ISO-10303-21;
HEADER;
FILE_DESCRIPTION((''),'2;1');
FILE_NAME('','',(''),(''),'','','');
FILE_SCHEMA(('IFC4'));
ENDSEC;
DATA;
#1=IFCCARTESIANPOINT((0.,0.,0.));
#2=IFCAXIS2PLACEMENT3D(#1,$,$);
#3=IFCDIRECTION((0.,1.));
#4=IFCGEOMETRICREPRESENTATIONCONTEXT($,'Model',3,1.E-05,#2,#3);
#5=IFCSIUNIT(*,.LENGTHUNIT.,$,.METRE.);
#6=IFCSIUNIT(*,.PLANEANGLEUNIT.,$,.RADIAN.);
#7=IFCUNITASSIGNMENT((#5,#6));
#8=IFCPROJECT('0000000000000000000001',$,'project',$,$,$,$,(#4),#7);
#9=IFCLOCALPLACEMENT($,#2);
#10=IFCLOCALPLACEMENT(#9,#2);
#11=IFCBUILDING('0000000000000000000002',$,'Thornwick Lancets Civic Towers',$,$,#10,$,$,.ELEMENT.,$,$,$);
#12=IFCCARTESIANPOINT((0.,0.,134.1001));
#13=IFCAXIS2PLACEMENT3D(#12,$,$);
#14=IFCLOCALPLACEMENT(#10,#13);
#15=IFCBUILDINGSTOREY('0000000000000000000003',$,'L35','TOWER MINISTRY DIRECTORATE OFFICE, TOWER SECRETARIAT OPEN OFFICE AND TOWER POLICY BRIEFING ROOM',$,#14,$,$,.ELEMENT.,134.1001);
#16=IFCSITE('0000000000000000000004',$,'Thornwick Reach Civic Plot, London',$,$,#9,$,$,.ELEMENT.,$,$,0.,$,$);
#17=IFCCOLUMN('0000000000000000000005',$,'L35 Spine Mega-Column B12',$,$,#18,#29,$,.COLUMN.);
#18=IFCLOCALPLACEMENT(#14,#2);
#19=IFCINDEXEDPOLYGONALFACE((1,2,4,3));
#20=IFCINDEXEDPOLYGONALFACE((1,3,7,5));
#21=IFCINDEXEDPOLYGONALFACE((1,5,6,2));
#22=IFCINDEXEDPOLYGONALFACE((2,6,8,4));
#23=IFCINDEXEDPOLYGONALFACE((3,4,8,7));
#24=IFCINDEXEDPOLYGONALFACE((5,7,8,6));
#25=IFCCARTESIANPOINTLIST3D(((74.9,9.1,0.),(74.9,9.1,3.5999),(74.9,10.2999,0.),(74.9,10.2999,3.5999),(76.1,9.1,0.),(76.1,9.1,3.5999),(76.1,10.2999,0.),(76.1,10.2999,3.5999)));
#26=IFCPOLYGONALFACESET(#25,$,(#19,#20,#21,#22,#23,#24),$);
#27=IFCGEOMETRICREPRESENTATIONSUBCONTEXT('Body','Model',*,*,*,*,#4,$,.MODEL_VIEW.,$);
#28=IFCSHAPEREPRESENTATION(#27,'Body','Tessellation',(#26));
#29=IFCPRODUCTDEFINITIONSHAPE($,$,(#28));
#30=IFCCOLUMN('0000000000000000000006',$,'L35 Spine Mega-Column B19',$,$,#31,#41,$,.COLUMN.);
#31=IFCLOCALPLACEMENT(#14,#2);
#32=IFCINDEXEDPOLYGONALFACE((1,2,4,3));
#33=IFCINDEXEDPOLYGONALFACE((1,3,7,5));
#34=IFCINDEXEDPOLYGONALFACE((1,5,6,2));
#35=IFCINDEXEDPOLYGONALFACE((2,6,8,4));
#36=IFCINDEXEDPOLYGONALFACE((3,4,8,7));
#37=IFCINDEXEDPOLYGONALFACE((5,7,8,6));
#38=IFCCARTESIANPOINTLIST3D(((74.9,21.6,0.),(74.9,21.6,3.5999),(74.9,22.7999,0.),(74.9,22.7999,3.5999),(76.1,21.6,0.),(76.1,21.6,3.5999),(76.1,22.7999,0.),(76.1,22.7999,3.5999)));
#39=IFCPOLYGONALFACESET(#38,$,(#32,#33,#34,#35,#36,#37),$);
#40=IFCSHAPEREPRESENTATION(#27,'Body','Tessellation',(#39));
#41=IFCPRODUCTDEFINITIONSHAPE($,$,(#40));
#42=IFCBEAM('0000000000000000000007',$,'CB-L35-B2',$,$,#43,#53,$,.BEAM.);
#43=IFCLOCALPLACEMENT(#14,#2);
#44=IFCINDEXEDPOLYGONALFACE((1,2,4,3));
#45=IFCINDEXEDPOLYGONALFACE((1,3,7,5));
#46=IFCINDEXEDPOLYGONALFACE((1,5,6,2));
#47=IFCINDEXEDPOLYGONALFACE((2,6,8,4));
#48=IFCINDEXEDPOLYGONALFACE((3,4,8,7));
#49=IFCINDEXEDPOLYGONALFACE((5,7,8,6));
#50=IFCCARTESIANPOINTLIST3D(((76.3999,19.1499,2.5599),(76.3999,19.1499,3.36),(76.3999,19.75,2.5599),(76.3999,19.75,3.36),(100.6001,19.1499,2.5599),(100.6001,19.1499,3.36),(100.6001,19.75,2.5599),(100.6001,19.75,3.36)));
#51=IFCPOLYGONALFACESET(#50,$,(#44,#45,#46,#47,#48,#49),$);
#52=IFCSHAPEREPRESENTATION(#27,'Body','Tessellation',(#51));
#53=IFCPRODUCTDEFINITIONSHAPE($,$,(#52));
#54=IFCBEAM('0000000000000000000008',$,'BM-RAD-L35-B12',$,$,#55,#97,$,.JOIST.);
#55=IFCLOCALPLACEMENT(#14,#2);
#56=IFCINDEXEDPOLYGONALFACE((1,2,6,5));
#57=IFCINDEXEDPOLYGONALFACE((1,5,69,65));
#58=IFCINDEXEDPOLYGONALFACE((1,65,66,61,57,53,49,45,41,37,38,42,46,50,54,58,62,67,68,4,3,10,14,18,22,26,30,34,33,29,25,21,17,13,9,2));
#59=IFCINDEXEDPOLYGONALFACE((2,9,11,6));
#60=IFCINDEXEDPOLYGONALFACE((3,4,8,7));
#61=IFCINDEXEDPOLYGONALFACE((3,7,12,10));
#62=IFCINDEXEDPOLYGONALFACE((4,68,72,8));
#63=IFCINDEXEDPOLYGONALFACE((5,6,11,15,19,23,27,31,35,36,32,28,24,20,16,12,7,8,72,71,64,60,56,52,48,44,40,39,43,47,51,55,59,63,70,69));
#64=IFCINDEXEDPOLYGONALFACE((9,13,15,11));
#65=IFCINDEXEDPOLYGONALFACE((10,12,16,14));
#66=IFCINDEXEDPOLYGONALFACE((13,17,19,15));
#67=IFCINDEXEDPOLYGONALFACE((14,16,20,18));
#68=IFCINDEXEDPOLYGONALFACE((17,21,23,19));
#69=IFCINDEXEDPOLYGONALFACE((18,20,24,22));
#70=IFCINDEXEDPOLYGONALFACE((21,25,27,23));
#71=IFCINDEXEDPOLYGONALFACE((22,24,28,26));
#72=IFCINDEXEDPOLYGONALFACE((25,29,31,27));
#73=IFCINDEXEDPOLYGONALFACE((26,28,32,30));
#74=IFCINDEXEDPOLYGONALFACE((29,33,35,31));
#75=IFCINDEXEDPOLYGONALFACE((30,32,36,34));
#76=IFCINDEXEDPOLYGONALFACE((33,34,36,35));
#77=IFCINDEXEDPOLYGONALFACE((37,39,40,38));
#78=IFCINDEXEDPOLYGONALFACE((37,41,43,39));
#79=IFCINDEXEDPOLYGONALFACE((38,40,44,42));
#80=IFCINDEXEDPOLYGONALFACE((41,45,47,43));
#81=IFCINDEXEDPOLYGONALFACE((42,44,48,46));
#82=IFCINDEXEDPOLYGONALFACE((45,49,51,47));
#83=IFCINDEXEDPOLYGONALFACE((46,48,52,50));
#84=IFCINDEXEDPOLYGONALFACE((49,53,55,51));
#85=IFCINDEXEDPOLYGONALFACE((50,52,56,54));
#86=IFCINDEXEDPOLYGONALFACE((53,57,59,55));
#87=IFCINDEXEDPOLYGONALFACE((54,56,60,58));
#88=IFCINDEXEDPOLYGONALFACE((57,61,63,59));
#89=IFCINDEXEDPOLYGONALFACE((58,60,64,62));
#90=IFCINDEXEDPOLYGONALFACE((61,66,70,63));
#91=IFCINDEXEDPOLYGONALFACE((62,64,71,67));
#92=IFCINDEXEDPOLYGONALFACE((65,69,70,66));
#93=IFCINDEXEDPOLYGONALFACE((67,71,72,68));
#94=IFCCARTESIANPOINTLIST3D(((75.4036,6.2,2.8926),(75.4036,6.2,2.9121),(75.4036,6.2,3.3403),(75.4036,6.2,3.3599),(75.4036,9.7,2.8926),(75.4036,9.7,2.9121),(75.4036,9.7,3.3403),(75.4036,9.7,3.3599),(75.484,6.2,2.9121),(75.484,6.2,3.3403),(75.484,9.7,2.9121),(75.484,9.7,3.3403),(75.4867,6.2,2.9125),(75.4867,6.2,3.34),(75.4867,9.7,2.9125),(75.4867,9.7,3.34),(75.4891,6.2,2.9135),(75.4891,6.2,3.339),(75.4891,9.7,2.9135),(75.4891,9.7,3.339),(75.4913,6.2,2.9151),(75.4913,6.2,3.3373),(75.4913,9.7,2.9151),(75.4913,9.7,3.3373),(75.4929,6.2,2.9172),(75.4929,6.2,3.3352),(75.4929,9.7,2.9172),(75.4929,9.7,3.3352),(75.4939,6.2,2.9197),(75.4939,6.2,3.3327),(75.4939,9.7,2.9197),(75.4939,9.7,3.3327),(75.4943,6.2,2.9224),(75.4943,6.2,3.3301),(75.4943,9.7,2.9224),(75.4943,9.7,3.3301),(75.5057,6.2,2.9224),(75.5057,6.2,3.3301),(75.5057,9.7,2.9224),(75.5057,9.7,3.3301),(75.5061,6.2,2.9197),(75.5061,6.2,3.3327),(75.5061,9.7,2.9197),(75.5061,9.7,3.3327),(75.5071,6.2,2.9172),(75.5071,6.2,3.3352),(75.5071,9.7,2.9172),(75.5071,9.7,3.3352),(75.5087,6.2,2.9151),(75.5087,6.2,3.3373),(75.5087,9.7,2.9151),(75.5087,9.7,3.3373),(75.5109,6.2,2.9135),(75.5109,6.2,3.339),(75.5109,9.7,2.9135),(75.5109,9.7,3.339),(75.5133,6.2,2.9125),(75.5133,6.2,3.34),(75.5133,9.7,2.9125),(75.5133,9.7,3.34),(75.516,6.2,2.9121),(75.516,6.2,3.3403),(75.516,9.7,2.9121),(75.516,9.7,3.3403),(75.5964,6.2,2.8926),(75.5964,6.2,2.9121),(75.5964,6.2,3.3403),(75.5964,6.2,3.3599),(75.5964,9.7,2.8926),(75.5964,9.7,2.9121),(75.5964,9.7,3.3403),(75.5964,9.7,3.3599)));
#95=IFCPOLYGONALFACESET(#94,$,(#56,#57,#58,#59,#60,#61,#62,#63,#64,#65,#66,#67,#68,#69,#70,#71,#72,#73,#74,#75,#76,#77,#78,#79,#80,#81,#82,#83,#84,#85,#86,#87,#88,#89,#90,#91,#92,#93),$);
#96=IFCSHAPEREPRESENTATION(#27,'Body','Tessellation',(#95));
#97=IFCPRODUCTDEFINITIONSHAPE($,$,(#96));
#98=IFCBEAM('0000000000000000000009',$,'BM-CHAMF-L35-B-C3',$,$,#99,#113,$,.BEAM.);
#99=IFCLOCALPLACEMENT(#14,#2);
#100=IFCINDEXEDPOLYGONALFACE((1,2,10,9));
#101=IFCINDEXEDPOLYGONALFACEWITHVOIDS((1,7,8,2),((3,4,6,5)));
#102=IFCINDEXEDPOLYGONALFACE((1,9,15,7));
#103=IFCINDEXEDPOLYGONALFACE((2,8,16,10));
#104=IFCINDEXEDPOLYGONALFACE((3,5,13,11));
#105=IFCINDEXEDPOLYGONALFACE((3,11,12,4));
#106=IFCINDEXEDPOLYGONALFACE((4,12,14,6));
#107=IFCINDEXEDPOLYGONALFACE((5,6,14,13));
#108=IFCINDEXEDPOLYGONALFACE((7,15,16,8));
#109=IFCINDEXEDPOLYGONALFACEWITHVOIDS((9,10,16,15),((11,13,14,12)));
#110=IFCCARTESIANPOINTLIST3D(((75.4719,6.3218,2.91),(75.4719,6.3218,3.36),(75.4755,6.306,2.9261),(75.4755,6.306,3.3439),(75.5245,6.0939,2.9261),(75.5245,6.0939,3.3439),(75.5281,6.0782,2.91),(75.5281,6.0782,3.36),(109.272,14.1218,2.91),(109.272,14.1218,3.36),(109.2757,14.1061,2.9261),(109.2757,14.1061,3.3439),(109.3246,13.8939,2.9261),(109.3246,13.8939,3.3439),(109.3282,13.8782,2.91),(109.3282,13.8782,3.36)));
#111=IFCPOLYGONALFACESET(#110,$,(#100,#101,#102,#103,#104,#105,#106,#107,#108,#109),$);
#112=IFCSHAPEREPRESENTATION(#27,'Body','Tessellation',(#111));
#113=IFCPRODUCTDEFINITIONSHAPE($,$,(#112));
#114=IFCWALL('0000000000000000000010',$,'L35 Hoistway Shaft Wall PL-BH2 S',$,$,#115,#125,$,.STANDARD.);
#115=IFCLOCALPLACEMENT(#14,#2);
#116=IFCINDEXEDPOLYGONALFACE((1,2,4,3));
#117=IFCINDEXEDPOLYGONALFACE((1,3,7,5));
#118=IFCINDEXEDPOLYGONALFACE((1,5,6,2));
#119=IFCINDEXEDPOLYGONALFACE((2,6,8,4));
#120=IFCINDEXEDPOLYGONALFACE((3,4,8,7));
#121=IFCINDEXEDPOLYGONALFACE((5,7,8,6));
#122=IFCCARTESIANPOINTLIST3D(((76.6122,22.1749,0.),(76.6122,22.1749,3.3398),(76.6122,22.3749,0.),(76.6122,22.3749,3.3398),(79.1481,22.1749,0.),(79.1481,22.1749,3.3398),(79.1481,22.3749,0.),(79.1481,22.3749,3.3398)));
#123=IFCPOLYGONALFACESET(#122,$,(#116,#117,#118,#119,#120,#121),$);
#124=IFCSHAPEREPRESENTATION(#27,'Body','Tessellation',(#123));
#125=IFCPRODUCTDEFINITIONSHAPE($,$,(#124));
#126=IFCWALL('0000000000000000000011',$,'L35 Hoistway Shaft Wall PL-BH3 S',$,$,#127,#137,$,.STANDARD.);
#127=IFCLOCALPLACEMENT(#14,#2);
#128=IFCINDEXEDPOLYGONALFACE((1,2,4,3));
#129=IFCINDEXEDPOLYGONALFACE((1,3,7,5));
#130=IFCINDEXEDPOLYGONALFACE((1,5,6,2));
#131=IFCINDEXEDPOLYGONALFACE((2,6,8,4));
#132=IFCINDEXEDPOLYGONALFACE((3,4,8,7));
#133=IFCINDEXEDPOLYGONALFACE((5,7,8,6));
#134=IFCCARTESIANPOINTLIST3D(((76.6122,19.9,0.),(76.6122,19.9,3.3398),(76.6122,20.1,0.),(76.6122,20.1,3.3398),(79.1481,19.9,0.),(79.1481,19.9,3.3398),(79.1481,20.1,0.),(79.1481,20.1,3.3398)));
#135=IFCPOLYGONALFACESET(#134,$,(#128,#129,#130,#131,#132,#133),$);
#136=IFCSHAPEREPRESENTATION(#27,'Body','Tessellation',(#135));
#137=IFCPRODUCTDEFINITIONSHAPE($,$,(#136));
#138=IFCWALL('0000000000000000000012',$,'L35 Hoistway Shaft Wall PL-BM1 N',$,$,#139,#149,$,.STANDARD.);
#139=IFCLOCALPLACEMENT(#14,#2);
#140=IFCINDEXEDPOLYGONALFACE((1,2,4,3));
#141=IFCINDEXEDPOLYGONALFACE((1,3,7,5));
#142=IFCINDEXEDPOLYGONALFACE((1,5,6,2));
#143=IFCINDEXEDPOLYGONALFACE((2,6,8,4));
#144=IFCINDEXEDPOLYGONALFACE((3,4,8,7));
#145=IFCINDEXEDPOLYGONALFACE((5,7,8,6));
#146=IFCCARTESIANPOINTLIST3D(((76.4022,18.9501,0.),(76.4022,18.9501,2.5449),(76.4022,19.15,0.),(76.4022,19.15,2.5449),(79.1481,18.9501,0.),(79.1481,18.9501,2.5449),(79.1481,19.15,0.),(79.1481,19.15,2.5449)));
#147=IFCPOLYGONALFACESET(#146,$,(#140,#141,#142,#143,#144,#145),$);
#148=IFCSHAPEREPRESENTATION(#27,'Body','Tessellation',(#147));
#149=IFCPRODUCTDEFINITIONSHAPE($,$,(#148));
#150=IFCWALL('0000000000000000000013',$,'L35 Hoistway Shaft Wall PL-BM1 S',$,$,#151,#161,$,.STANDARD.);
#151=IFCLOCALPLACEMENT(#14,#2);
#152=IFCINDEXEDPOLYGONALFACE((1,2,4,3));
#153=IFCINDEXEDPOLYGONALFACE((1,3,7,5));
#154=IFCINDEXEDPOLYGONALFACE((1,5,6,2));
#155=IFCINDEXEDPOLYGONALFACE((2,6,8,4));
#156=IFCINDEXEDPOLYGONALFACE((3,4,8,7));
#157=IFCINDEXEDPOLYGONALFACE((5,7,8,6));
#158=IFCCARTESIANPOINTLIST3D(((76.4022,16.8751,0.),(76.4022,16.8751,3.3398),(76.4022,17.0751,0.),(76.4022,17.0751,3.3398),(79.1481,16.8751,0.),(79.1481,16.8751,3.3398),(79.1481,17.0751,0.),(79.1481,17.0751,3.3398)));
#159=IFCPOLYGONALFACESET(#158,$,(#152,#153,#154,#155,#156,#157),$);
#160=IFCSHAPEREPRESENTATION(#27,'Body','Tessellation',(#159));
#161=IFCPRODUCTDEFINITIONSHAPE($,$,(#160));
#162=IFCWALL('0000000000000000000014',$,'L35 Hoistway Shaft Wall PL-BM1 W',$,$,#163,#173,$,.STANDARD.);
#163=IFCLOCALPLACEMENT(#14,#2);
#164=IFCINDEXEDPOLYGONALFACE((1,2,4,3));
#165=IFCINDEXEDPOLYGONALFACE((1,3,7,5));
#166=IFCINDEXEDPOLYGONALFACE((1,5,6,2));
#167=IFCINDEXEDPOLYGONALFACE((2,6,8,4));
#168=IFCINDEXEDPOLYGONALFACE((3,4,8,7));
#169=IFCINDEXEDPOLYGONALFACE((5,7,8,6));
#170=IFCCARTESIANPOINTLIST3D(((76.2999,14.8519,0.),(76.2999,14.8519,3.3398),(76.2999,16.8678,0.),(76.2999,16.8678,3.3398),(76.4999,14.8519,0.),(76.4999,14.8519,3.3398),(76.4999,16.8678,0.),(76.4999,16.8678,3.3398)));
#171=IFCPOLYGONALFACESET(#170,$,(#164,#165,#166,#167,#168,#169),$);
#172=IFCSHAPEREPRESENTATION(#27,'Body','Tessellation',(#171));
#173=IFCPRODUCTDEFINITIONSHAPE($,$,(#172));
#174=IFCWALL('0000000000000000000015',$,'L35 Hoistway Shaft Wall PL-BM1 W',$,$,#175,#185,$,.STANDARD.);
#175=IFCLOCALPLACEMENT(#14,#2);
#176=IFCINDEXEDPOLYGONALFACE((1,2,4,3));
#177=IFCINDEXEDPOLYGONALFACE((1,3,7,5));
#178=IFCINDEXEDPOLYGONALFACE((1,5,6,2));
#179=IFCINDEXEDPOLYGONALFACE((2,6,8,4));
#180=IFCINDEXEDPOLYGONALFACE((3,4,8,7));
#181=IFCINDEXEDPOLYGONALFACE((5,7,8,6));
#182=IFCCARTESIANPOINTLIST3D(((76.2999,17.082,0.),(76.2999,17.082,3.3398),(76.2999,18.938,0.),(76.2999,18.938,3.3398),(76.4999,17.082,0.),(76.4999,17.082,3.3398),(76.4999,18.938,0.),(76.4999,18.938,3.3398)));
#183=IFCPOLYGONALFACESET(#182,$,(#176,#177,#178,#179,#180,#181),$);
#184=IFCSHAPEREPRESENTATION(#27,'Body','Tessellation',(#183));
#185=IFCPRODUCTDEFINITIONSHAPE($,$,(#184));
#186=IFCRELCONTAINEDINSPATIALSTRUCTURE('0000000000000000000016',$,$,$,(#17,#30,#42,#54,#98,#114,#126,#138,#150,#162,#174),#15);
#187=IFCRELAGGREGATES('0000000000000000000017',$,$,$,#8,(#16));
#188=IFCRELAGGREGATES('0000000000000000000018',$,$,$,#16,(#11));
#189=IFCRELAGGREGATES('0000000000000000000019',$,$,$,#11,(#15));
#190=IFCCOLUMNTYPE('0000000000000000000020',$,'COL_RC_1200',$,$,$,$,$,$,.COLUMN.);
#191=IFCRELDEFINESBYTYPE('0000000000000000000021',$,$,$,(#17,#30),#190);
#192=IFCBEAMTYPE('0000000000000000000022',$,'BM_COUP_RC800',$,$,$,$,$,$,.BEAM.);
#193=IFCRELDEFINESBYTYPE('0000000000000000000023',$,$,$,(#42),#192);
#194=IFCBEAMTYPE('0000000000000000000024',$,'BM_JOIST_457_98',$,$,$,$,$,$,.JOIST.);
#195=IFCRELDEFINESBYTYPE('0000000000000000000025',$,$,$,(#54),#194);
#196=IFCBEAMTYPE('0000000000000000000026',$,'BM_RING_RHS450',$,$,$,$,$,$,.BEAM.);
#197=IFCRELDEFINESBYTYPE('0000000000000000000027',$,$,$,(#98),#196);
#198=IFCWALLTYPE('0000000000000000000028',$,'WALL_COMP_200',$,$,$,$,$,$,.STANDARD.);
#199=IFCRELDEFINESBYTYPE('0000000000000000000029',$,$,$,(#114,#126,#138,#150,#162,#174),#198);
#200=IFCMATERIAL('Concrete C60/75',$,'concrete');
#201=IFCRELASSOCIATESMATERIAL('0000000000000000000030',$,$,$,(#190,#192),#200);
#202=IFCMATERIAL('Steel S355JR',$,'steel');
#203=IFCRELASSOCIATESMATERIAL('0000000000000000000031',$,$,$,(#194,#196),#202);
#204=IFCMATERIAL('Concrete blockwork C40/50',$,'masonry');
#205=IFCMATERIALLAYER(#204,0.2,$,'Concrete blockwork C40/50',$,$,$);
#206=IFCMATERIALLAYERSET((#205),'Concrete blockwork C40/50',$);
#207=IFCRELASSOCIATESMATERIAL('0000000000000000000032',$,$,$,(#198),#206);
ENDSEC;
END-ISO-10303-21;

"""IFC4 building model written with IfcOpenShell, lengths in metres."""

from ifc_helpers import new_model, si_unit, direction, frame, frame_2d, origin, origin_2d, place, context, subcontext, project, spatial, rectangle, hollow_rectangle, i_section, extrude, material, layer, layer_set, material_profile, profile_set, type_object, element, save


model = new_model("IFC4")

# Units and contexts
model_context = context("Model", 3, precision=1e-05, world=origin(), true_north=direction((0.0, 1.0)))
body_context = subcontext(model_context, "Body", "Model", "MODEL_VIEW")
ifc_project = project(units=[si_unit("LENGTHUNIT", "METRE"), si_unit("PLANEANGLEUNIT", "RADIAN")], contexts=[model_context])

# Site, building, storey
site_placement = place(None, origin())
site = spatial("IfcSite", under=ifc_project, at=site_placement, Name="Thornwick Reach Civic Plot, London", CompositionType="ELEMENT", RefElevation=0.0)
building_placement = place(site_placement, origin())
building = spatial("IfcBuilding", under=site, at=building_placement, Name="Thornwick Lancets Civic Towers", CompositionType="ELEMENT")
storey_placement = place(building_placement, frame((0.0, 0.0, 134.1001)))
storey = spatial("IfcBuildingStorey", under=building, at=storey_placement, Name="L35", Description="TOWER MINISTRY DIRECTORATE OFFICE, TOWER SECRETARIAT OPEN OFFICE AND TOWER POLICY BRIEFING ROOM", CompositionType="ELEMENT", Elevation=134.1001)

# Columns
ifc_material_1 = material(Name="Concrete C60/75", Category="concrete")
ifc_material_profile_1 = material_profile(ifc_material_1, rectangle(XDim=1.2, YDim=1.2, at=origin_2d()), Name="RC 1200x1200")
ifc_profile_set_1 = profile_set([ifc_material_profile_1], Name="Concrete C60/75")
column_type = type_object("IfcColumnType", Name="COL_RC_1200", PredefinedType="COLUMN", material=ifc_profile_set_1)
for number, where, z_axis, x_axis, name in (
    (1, (75.5, 9.7, 0.0), (0.0, 0.0, 1.0), (1.0, 0.0, 0.0), "L35 Spine Mega-Column B12"),
    (2, (75.5, 22.2, 0.0), (0.0, 0.0, 1.0), (1.0, 0.0, 0.0), "L35 Spine Mega-Column B19"),
):
    element("IfcColumn", number, at=place(storey_placement, frame(where, z_axis=z_axis, x_axis=x_axis)), inside=storey, type_object=column_type, Name=name, PredefinedType="COLUMN", context=body_context, shape_type="SweptSolid", body=[
        extrude(rectangle(XDim=1.2, YDim=1.2, at=origin_2d()), origin(), (0.0, 0.0, 1.0), 3.5999),
    ])

# Beams
ifc_material_profile_2 = material_profile(ifc_material_1, rectangle(XDim=0.6001, YDim=0.8, at=origin_2d()), Name="RC 600x800")
ifc_profile_set_2 = profile_set([ifc_material_profile_2], Name="Concrete C60/75")
beam_type_1 = type_object("IfcBeamType", Name="BM_COUP_RC800", PredefinedType="BEAM", material=ifc_profile_set_2)
beam_1_placement = place(storey_placement, frame((76.3999, 19.45, 2.96), z_axis=(1.0, 0.0, 0.0), x_axis=(0.0, 1.0, 0.0)))
element("IfcBeam", 3, at=beam_1_placement, inside=storey, type_object=beam_type_1, Name="CB-L35-B2", PredefinedType="BEAM", context=body_context, shape_type="SweptSolid", body=[
    extrude(rectangle(XDim=0.6001, YDim=0.8, at=origin_2d()), origin(), (0.0, 0.0, 1.0), 24.2002),
])
ifc_material_2 = material(Name="Steel S355JR", Category="steel")
ifc_material_profile_3 = material_profile(ifc_material_2, i_section(OverallWidth=0.1929, OverallDepth=0.4673, WebThickness=0.0115, FlangeThickness=0.0195, FilletRadius=0.0103, at=origin_2d()), Name="UKB 457x191x98")
ifc_profile_set_3 = profile_set([ifc_material_profile_3], Name="Steel S355JR")
beam_type_2 = type_object("IfcBeamType", Name="BM_JOIST_457_98", PredefinedType="JOIST", material=ifc_profile_set_3)
beam_2_placement = place(storey_placement, frame((75.5, 9.7, 3.1262), z_axis=(0.0, -1.0, 0.0), x_axis=(1.0, 0.0, 0.0)))
element("IfcBeam", 4, at=beam_2_placement, inside=storey, type_object=beam_type_2, Name="BM-RAD-L35-B12", PredefinedType="JOIST", context=body_context, shape_type="SweptSolid", body=[
    extrude(i_section(OverallWidth=0.1929, OverallDepth=0.4673, WebThickness=0.0115, FlangeThickness=0.0195, FilletRadius=0.0103, at=origin_2d()), origin(), (0.0, 0.0, 1.0), 3.5),
])
ifc_material_profile_4 = material_profile(ifc_material_2, hollow_rectangle(XDim=0.25, YDim=0.45, WallThickness=0.0161, at=origin_2d()), Name="RHS 450x250x16")
ifc_profile_set_4 = profile_set([ifc_material_profile_4], Name="Steel S355JR")
beam_type_3 = type_object("IfcBeamType", Name="BM_RING_RHS450", PredefinedType="BEAM", material=ifc_profile_set_4)
beam_3_placement = place(storey_placement, frame((75.5, 6.2, 3.135), z_axis=(0.974391, 0.224861, 0.0), x_axis=(-0.224861, 0.974391, 0.0)))
element("IfcBeam", 5, at=beam_3_placement, inside=storey, type_object=beam_type_3, Name="BM-CHAMF-L35-B-C3", PredefinedType="BEAM", context=body_context, shape_type="SweptSolid", body=[
    extrude(hollow_rectangle(XDim=0.25, YDim=0.45, WallThickness=0.0161, at=origin_2d()), origin(), (0.0, 0.0, 1.0), 34.6885),
])

# Walls
ifc_material_3 = material(Name="Concrete blockwork C40/50", Category="masonry")
ifc_layer_1 = layer(ifc_material_3, 0.2, Name="Concrete blockwork C40/50")
ifc_layer_set_1 = layer_set([ifc_layer_1], Name="Concrete blockwork C40/50")
wall_type_1 = type_object("IfcWallType", Name="WALL_COMP_200", PredefinedType="STANDARD", material=ifc_layer_set_1)
for number, where, z_axis, x_axis, name in (
    (6, (76.6121, 22.2749, 0.0), (0.0, 0.0, 1.0), (1.0, 0.0, 0.0), "L35 Hoistway Shaft Wall PL-BH2 S"),
    (7, (76.6121, 20.0, 0.0), (0.0, 0.0, 1.0), (1.0, 0.0, 0.0), "L35 Hoistway Shaft Wall PL-BH3 S"),
):
    element("IfcWall", number, at=place(storey_placement, frame(where, z_axis=z_axis, x_axis=x_axis)), inside=storey, type_object=wall_type_1, Name=name, PredefinedType="STANDARD", context=body_context, shape_type="SweptSolid", body=[
        extrude(rectangle(XDim=2.5359, YDim=0.2, at=frame_2d((1.2681, 0.0))), origin(), (0.0, 0.0, 1.0), 3.3398),
    ])
wall_1_placement = place(storey_placement, frame((76.4021, 19.05, 0.0), z_axis=(0.0, 0.0, 1.0), x_axis=(1.0, 0.0, 0.0)))
element("IfcWall", 8, at=wall_1_placement, inside=storey, type_object=wall_type_1, Name="L35 Hoistway Shaft Wall PL-BM1 N", PredefinedType="STANDARD", context=body_context, shape_type="SweptSolid", body=[
    extrude(rectangle(XDim=2.7458, YDim=0.2, at=frame_2d((1.373, 0.0))), origin(), (0.0, 0.0, 1.0), 2.5449),
])
wall_2_placement = place(storey_placement, frame((76.4021, 16.9751, 0.0), z_axis=(0.0, 0.0, 1.0), x_axis=(1.0, 0.0, 0.0)))
element("IfcWall", 9, at=wall_2_placement, inside=storey, type_object=wall_type_1, Name="L35 Hoistway Shaft Wall PL-BM1 S", PredefinedType="STANDARD", context=body_context, shape_type="SweptSolid", body=[
    extrude(rectangle(XDim=2.7458, YDim=0.2, at=frame_2d((1.373, 0.0))), origin(), (0.0, 0.0, 1.0), 3.3398),
])
wall_3_placement = place(storey_placement, frame((76.3999, 14.8521, 0.0), z_axis=(0.0, 0.0, 1.0), x_axis=(0.0, 1.0, 0.0)))
element("IfcWall", 10, at=wall_3_placement, inside=storey, type_object=wall_type_1, Name="L35 Hoistway Shaft Wall PL-BM1 W", PredefinedType="STANDARD", context=body_context, shape_type="SweptSolid", body=[
    extrude(rectangle(XDim=2.0159, YDim=0.2, at=frame_2d((1.0078, 0.0))), origin(), (0.0, 0.0, 1.0), 3.3398),
])
wall_4_placement = place(storey_placement, frame((76.3999, 17.082, 0.0), z_axis=(0.0, 0.0, 1.0), x_axis=(0.0, 1.0, 0.0)))
element("IfcWall", 11, at=wall_4_placement, inside=storey, type_object=wall_type_1, Name="L35 Hoistway Shaft Wall PL-BM1 W", PredefinedType="STANDARD", context=body_context, shape_type="SweptSolid", body=[
    extrude(rectangle(XDim=1.856, YDim=0.2, at=frame_2d((0.928, 0.0))), origin(), (0.0, 0.0, 1.0), 3.3398),
])

save(model, "model.ifc")
